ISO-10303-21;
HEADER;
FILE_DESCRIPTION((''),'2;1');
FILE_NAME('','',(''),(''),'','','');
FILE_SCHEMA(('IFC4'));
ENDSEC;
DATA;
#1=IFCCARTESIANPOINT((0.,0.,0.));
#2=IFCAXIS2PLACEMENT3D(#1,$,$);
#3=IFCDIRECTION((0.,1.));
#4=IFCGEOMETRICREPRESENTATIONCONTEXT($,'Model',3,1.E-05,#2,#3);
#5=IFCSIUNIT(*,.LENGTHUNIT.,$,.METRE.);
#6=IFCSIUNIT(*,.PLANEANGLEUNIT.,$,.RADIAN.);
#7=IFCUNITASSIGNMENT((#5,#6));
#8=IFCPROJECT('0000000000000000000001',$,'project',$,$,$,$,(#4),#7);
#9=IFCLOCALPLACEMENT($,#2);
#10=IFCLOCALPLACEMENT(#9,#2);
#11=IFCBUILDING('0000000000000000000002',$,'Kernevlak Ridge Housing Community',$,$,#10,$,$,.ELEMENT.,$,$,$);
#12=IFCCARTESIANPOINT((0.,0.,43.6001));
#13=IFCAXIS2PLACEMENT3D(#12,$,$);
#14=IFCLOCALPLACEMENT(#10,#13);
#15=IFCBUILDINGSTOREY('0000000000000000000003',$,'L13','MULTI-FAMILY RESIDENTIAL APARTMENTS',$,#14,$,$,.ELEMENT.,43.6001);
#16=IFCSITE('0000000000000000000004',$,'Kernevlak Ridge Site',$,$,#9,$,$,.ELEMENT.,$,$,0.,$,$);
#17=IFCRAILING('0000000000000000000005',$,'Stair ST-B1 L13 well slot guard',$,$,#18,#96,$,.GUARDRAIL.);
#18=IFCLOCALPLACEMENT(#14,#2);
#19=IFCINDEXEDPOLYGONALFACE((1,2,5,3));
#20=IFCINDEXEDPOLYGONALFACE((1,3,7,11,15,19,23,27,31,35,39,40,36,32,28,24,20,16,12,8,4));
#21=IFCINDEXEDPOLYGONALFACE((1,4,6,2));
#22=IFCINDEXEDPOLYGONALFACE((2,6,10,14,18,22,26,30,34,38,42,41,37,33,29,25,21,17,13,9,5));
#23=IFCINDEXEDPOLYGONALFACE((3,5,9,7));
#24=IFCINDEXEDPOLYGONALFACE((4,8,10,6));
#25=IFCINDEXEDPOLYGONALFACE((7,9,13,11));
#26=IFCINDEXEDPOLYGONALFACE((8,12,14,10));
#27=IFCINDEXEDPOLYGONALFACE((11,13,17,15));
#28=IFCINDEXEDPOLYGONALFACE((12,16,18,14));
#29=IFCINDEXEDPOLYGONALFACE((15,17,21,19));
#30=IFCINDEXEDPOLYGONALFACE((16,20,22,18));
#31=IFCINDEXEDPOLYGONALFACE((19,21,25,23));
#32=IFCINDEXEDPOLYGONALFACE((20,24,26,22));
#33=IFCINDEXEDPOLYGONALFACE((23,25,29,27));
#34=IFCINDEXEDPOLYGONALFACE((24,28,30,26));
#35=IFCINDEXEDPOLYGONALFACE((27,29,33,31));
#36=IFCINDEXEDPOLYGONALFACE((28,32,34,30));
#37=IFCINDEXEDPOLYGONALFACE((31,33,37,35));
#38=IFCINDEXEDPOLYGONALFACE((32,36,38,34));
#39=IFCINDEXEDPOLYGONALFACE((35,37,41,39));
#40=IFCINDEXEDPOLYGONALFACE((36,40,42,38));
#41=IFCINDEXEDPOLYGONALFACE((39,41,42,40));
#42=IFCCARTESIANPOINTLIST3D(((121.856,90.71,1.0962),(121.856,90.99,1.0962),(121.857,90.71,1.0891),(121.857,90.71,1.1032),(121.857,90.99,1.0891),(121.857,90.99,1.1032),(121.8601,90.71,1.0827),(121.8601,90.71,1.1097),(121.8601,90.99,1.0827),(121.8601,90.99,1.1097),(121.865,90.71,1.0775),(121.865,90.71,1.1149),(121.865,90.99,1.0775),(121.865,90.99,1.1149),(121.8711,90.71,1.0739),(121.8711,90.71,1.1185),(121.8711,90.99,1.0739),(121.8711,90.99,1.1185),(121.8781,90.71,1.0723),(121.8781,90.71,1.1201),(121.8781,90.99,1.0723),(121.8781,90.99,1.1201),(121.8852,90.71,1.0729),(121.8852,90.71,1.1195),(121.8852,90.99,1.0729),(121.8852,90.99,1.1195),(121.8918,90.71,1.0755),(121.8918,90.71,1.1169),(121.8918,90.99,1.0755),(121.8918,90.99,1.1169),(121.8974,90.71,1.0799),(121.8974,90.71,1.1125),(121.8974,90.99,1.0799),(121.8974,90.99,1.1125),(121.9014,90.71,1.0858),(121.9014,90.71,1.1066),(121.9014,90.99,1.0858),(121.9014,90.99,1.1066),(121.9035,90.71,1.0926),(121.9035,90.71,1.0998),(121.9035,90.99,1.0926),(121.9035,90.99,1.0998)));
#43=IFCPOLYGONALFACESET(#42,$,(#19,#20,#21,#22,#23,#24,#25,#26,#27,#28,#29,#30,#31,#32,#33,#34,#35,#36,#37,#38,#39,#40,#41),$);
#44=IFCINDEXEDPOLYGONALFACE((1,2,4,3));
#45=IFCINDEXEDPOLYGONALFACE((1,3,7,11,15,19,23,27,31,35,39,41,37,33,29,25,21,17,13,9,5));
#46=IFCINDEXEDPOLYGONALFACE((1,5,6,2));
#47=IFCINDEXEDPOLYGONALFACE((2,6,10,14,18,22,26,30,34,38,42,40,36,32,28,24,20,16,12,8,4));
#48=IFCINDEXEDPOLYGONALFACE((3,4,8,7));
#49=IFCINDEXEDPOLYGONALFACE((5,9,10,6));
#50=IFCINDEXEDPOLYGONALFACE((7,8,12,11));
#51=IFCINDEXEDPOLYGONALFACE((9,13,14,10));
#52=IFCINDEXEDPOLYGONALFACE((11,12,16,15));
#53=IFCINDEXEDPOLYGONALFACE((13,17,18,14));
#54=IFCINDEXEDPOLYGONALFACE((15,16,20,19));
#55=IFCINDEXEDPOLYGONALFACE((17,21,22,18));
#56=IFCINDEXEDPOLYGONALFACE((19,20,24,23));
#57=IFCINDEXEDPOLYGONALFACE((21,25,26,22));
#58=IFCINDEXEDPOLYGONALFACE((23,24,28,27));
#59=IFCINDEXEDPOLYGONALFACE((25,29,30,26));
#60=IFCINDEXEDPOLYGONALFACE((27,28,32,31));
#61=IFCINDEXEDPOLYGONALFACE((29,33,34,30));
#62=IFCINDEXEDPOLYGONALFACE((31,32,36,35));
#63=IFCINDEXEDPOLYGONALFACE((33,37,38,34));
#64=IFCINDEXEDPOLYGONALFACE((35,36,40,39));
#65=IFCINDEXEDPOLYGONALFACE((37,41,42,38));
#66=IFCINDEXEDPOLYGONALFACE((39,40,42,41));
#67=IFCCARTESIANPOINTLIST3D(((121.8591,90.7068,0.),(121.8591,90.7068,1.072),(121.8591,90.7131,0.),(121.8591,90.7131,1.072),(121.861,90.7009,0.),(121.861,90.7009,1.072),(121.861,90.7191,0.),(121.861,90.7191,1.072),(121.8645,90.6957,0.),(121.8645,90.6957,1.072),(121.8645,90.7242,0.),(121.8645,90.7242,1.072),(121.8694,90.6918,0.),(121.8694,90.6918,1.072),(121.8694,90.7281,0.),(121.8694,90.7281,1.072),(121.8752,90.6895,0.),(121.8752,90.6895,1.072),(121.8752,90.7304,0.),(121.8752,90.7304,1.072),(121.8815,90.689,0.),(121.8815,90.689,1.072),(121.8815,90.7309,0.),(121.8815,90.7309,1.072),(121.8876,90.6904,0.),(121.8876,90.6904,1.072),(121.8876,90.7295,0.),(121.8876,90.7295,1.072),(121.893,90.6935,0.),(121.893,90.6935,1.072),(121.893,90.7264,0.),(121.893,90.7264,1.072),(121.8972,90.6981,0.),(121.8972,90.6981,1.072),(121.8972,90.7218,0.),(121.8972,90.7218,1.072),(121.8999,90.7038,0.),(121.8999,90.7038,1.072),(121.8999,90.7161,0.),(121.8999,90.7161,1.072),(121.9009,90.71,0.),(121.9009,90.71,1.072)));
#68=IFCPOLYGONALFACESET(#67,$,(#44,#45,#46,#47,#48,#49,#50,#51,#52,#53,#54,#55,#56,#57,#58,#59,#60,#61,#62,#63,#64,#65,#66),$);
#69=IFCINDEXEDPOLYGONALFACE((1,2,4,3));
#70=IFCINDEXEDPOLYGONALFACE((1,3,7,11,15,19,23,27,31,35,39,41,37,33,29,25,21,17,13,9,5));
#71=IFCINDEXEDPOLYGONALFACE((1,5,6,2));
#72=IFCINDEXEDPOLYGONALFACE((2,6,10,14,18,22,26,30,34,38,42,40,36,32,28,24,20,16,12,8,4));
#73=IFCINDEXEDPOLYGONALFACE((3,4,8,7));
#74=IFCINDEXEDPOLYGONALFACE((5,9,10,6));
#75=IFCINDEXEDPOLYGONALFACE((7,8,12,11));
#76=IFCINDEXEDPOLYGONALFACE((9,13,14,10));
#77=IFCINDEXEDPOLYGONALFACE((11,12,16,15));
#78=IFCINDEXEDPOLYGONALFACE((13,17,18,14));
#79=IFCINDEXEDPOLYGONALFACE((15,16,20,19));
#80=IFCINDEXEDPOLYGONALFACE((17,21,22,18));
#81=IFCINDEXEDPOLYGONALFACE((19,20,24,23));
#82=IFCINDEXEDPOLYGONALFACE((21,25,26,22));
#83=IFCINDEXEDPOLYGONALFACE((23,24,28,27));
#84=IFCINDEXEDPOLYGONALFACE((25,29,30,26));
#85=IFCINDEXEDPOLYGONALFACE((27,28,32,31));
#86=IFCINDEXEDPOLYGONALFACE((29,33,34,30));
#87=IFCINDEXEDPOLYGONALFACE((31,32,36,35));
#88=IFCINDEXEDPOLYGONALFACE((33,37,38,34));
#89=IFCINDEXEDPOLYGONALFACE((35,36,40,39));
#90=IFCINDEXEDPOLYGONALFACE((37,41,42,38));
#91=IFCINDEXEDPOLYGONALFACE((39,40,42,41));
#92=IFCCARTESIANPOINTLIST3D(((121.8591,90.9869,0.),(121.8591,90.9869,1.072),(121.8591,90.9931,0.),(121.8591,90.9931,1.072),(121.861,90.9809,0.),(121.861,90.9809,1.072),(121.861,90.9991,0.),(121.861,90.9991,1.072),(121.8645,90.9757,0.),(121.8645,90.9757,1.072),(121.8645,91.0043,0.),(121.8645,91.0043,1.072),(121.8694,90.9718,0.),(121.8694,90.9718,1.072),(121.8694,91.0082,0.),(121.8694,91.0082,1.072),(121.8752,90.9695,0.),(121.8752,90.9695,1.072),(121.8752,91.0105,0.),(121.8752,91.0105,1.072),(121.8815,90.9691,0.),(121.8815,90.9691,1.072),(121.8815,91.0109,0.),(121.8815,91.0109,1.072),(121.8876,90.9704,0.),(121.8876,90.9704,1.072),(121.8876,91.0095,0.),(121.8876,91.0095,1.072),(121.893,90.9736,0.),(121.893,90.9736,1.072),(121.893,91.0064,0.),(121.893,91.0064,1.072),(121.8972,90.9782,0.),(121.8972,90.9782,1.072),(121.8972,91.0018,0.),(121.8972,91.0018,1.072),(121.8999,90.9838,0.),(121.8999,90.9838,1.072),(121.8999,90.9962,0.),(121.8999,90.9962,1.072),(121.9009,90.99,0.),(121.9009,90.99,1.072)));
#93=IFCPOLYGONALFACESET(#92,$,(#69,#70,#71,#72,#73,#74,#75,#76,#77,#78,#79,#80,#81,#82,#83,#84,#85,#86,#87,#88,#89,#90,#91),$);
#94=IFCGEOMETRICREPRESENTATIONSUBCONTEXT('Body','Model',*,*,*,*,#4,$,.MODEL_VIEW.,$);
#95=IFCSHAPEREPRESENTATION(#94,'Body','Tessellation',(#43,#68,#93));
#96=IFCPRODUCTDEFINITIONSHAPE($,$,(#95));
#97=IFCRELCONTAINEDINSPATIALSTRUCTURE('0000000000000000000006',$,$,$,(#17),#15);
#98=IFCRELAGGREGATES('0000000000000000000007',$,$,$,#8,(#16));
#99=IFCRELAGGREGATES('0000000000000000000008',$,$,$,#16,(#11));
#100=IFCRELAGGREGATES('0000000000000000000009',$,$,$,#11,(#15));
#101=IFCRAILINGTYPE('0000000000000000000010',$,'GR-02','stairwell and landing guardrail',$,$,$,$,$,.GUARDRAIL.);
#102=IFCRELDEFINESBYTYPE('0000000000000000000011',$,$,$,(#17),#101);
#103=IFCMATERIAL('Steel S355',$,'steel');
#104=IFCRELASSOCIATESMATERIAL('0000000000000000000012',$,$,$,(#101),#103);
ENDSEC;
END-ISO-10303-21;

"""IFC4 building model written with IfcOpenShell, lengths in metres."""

from ifc_helpers import new_model, si_unit, direction, frame, origin, origin_2d, place, context, subcontext, project, spatial, circle, extrude, material, type_object, element, save


model = new_model("IFC4")

# Units and contexts
model_context = context("Model", 3, precision=1e-05, world=origin(), true_north=direction((0.0, 1.0)))
body_context = subcontext(model_context, "Body", "Model", "MODEL_VIEW")
ifc_project = project(units=[si_unit("LENGTHUNIT", "METRE"), si_unit("PLANEANGLEUNIT", "RADIAN")], contexts=[model_context])

# Site, building, storey
site_placement = place(None, origin())
site = spatial("IfcSite", under=ifc_project, at=site_placement, Name="Kernevlak Ridge Site", CompositionType="ELEMENT", RefElevation=0.0)
building_placement = place(site_placement, origin())
building = spatial("IfcBuilding", under=site, at=building_placement, Name="Kernevlak Ridge Housing Community", CompositionType="ELEMENT")
storey_placement = place(building_placement, frame((0.0, 0.0, 43.6001)))
storey = spatial("IfcBuildingStorey", under=building, at=storey_placement, Name="L13", Description="MULTI-FAMILY RESIDENTIAL APARTMENTS", CompositionType="ELEMENT", Elevation=43.6001)

# Railing
ifc_material_1 = material(Name="Steel S355", Category="steel")
railing_type_1 = type_object("IfcRailingType", Name="GR-02", Description="stairwell and landing guardrail", PredefinedType="GUARDRAIL", material=ifc_material_1)
railing_1_placement = place(storey_placement, frame((121.8799, 90.71, 0.0)))
element("IfcRailing", 1, at=railing_1_placement, inside=storey, type_object=railing_type_1, Name="Stair ST-B1 L13 well slot guard", PredefinedType="GUARDRAIL", context=body_context, shape_type="SweptSolid", body=[
    extrude(circle(Radius=0.0239, at=origin_2d()), frame((0.0, 0.0, 1.0962), z_axis=(0.0, 1.0, 0.0), x_axis=(-1.0, 0.0, 0.0)), (0.0, 0.0, 1.0), 0.28),
    extrude(circle(Radius=0.021, at=origin_2d()), origin(), (0.0, 0.0, 1.0), 1.072),
    extrude(circle(Radius=0.021, at=origin_2d()), frame((0.0, 0.28, 0.0)), (0.0, 0.0, 1.0), 1.072),
])

save(model, "model.ifc")
